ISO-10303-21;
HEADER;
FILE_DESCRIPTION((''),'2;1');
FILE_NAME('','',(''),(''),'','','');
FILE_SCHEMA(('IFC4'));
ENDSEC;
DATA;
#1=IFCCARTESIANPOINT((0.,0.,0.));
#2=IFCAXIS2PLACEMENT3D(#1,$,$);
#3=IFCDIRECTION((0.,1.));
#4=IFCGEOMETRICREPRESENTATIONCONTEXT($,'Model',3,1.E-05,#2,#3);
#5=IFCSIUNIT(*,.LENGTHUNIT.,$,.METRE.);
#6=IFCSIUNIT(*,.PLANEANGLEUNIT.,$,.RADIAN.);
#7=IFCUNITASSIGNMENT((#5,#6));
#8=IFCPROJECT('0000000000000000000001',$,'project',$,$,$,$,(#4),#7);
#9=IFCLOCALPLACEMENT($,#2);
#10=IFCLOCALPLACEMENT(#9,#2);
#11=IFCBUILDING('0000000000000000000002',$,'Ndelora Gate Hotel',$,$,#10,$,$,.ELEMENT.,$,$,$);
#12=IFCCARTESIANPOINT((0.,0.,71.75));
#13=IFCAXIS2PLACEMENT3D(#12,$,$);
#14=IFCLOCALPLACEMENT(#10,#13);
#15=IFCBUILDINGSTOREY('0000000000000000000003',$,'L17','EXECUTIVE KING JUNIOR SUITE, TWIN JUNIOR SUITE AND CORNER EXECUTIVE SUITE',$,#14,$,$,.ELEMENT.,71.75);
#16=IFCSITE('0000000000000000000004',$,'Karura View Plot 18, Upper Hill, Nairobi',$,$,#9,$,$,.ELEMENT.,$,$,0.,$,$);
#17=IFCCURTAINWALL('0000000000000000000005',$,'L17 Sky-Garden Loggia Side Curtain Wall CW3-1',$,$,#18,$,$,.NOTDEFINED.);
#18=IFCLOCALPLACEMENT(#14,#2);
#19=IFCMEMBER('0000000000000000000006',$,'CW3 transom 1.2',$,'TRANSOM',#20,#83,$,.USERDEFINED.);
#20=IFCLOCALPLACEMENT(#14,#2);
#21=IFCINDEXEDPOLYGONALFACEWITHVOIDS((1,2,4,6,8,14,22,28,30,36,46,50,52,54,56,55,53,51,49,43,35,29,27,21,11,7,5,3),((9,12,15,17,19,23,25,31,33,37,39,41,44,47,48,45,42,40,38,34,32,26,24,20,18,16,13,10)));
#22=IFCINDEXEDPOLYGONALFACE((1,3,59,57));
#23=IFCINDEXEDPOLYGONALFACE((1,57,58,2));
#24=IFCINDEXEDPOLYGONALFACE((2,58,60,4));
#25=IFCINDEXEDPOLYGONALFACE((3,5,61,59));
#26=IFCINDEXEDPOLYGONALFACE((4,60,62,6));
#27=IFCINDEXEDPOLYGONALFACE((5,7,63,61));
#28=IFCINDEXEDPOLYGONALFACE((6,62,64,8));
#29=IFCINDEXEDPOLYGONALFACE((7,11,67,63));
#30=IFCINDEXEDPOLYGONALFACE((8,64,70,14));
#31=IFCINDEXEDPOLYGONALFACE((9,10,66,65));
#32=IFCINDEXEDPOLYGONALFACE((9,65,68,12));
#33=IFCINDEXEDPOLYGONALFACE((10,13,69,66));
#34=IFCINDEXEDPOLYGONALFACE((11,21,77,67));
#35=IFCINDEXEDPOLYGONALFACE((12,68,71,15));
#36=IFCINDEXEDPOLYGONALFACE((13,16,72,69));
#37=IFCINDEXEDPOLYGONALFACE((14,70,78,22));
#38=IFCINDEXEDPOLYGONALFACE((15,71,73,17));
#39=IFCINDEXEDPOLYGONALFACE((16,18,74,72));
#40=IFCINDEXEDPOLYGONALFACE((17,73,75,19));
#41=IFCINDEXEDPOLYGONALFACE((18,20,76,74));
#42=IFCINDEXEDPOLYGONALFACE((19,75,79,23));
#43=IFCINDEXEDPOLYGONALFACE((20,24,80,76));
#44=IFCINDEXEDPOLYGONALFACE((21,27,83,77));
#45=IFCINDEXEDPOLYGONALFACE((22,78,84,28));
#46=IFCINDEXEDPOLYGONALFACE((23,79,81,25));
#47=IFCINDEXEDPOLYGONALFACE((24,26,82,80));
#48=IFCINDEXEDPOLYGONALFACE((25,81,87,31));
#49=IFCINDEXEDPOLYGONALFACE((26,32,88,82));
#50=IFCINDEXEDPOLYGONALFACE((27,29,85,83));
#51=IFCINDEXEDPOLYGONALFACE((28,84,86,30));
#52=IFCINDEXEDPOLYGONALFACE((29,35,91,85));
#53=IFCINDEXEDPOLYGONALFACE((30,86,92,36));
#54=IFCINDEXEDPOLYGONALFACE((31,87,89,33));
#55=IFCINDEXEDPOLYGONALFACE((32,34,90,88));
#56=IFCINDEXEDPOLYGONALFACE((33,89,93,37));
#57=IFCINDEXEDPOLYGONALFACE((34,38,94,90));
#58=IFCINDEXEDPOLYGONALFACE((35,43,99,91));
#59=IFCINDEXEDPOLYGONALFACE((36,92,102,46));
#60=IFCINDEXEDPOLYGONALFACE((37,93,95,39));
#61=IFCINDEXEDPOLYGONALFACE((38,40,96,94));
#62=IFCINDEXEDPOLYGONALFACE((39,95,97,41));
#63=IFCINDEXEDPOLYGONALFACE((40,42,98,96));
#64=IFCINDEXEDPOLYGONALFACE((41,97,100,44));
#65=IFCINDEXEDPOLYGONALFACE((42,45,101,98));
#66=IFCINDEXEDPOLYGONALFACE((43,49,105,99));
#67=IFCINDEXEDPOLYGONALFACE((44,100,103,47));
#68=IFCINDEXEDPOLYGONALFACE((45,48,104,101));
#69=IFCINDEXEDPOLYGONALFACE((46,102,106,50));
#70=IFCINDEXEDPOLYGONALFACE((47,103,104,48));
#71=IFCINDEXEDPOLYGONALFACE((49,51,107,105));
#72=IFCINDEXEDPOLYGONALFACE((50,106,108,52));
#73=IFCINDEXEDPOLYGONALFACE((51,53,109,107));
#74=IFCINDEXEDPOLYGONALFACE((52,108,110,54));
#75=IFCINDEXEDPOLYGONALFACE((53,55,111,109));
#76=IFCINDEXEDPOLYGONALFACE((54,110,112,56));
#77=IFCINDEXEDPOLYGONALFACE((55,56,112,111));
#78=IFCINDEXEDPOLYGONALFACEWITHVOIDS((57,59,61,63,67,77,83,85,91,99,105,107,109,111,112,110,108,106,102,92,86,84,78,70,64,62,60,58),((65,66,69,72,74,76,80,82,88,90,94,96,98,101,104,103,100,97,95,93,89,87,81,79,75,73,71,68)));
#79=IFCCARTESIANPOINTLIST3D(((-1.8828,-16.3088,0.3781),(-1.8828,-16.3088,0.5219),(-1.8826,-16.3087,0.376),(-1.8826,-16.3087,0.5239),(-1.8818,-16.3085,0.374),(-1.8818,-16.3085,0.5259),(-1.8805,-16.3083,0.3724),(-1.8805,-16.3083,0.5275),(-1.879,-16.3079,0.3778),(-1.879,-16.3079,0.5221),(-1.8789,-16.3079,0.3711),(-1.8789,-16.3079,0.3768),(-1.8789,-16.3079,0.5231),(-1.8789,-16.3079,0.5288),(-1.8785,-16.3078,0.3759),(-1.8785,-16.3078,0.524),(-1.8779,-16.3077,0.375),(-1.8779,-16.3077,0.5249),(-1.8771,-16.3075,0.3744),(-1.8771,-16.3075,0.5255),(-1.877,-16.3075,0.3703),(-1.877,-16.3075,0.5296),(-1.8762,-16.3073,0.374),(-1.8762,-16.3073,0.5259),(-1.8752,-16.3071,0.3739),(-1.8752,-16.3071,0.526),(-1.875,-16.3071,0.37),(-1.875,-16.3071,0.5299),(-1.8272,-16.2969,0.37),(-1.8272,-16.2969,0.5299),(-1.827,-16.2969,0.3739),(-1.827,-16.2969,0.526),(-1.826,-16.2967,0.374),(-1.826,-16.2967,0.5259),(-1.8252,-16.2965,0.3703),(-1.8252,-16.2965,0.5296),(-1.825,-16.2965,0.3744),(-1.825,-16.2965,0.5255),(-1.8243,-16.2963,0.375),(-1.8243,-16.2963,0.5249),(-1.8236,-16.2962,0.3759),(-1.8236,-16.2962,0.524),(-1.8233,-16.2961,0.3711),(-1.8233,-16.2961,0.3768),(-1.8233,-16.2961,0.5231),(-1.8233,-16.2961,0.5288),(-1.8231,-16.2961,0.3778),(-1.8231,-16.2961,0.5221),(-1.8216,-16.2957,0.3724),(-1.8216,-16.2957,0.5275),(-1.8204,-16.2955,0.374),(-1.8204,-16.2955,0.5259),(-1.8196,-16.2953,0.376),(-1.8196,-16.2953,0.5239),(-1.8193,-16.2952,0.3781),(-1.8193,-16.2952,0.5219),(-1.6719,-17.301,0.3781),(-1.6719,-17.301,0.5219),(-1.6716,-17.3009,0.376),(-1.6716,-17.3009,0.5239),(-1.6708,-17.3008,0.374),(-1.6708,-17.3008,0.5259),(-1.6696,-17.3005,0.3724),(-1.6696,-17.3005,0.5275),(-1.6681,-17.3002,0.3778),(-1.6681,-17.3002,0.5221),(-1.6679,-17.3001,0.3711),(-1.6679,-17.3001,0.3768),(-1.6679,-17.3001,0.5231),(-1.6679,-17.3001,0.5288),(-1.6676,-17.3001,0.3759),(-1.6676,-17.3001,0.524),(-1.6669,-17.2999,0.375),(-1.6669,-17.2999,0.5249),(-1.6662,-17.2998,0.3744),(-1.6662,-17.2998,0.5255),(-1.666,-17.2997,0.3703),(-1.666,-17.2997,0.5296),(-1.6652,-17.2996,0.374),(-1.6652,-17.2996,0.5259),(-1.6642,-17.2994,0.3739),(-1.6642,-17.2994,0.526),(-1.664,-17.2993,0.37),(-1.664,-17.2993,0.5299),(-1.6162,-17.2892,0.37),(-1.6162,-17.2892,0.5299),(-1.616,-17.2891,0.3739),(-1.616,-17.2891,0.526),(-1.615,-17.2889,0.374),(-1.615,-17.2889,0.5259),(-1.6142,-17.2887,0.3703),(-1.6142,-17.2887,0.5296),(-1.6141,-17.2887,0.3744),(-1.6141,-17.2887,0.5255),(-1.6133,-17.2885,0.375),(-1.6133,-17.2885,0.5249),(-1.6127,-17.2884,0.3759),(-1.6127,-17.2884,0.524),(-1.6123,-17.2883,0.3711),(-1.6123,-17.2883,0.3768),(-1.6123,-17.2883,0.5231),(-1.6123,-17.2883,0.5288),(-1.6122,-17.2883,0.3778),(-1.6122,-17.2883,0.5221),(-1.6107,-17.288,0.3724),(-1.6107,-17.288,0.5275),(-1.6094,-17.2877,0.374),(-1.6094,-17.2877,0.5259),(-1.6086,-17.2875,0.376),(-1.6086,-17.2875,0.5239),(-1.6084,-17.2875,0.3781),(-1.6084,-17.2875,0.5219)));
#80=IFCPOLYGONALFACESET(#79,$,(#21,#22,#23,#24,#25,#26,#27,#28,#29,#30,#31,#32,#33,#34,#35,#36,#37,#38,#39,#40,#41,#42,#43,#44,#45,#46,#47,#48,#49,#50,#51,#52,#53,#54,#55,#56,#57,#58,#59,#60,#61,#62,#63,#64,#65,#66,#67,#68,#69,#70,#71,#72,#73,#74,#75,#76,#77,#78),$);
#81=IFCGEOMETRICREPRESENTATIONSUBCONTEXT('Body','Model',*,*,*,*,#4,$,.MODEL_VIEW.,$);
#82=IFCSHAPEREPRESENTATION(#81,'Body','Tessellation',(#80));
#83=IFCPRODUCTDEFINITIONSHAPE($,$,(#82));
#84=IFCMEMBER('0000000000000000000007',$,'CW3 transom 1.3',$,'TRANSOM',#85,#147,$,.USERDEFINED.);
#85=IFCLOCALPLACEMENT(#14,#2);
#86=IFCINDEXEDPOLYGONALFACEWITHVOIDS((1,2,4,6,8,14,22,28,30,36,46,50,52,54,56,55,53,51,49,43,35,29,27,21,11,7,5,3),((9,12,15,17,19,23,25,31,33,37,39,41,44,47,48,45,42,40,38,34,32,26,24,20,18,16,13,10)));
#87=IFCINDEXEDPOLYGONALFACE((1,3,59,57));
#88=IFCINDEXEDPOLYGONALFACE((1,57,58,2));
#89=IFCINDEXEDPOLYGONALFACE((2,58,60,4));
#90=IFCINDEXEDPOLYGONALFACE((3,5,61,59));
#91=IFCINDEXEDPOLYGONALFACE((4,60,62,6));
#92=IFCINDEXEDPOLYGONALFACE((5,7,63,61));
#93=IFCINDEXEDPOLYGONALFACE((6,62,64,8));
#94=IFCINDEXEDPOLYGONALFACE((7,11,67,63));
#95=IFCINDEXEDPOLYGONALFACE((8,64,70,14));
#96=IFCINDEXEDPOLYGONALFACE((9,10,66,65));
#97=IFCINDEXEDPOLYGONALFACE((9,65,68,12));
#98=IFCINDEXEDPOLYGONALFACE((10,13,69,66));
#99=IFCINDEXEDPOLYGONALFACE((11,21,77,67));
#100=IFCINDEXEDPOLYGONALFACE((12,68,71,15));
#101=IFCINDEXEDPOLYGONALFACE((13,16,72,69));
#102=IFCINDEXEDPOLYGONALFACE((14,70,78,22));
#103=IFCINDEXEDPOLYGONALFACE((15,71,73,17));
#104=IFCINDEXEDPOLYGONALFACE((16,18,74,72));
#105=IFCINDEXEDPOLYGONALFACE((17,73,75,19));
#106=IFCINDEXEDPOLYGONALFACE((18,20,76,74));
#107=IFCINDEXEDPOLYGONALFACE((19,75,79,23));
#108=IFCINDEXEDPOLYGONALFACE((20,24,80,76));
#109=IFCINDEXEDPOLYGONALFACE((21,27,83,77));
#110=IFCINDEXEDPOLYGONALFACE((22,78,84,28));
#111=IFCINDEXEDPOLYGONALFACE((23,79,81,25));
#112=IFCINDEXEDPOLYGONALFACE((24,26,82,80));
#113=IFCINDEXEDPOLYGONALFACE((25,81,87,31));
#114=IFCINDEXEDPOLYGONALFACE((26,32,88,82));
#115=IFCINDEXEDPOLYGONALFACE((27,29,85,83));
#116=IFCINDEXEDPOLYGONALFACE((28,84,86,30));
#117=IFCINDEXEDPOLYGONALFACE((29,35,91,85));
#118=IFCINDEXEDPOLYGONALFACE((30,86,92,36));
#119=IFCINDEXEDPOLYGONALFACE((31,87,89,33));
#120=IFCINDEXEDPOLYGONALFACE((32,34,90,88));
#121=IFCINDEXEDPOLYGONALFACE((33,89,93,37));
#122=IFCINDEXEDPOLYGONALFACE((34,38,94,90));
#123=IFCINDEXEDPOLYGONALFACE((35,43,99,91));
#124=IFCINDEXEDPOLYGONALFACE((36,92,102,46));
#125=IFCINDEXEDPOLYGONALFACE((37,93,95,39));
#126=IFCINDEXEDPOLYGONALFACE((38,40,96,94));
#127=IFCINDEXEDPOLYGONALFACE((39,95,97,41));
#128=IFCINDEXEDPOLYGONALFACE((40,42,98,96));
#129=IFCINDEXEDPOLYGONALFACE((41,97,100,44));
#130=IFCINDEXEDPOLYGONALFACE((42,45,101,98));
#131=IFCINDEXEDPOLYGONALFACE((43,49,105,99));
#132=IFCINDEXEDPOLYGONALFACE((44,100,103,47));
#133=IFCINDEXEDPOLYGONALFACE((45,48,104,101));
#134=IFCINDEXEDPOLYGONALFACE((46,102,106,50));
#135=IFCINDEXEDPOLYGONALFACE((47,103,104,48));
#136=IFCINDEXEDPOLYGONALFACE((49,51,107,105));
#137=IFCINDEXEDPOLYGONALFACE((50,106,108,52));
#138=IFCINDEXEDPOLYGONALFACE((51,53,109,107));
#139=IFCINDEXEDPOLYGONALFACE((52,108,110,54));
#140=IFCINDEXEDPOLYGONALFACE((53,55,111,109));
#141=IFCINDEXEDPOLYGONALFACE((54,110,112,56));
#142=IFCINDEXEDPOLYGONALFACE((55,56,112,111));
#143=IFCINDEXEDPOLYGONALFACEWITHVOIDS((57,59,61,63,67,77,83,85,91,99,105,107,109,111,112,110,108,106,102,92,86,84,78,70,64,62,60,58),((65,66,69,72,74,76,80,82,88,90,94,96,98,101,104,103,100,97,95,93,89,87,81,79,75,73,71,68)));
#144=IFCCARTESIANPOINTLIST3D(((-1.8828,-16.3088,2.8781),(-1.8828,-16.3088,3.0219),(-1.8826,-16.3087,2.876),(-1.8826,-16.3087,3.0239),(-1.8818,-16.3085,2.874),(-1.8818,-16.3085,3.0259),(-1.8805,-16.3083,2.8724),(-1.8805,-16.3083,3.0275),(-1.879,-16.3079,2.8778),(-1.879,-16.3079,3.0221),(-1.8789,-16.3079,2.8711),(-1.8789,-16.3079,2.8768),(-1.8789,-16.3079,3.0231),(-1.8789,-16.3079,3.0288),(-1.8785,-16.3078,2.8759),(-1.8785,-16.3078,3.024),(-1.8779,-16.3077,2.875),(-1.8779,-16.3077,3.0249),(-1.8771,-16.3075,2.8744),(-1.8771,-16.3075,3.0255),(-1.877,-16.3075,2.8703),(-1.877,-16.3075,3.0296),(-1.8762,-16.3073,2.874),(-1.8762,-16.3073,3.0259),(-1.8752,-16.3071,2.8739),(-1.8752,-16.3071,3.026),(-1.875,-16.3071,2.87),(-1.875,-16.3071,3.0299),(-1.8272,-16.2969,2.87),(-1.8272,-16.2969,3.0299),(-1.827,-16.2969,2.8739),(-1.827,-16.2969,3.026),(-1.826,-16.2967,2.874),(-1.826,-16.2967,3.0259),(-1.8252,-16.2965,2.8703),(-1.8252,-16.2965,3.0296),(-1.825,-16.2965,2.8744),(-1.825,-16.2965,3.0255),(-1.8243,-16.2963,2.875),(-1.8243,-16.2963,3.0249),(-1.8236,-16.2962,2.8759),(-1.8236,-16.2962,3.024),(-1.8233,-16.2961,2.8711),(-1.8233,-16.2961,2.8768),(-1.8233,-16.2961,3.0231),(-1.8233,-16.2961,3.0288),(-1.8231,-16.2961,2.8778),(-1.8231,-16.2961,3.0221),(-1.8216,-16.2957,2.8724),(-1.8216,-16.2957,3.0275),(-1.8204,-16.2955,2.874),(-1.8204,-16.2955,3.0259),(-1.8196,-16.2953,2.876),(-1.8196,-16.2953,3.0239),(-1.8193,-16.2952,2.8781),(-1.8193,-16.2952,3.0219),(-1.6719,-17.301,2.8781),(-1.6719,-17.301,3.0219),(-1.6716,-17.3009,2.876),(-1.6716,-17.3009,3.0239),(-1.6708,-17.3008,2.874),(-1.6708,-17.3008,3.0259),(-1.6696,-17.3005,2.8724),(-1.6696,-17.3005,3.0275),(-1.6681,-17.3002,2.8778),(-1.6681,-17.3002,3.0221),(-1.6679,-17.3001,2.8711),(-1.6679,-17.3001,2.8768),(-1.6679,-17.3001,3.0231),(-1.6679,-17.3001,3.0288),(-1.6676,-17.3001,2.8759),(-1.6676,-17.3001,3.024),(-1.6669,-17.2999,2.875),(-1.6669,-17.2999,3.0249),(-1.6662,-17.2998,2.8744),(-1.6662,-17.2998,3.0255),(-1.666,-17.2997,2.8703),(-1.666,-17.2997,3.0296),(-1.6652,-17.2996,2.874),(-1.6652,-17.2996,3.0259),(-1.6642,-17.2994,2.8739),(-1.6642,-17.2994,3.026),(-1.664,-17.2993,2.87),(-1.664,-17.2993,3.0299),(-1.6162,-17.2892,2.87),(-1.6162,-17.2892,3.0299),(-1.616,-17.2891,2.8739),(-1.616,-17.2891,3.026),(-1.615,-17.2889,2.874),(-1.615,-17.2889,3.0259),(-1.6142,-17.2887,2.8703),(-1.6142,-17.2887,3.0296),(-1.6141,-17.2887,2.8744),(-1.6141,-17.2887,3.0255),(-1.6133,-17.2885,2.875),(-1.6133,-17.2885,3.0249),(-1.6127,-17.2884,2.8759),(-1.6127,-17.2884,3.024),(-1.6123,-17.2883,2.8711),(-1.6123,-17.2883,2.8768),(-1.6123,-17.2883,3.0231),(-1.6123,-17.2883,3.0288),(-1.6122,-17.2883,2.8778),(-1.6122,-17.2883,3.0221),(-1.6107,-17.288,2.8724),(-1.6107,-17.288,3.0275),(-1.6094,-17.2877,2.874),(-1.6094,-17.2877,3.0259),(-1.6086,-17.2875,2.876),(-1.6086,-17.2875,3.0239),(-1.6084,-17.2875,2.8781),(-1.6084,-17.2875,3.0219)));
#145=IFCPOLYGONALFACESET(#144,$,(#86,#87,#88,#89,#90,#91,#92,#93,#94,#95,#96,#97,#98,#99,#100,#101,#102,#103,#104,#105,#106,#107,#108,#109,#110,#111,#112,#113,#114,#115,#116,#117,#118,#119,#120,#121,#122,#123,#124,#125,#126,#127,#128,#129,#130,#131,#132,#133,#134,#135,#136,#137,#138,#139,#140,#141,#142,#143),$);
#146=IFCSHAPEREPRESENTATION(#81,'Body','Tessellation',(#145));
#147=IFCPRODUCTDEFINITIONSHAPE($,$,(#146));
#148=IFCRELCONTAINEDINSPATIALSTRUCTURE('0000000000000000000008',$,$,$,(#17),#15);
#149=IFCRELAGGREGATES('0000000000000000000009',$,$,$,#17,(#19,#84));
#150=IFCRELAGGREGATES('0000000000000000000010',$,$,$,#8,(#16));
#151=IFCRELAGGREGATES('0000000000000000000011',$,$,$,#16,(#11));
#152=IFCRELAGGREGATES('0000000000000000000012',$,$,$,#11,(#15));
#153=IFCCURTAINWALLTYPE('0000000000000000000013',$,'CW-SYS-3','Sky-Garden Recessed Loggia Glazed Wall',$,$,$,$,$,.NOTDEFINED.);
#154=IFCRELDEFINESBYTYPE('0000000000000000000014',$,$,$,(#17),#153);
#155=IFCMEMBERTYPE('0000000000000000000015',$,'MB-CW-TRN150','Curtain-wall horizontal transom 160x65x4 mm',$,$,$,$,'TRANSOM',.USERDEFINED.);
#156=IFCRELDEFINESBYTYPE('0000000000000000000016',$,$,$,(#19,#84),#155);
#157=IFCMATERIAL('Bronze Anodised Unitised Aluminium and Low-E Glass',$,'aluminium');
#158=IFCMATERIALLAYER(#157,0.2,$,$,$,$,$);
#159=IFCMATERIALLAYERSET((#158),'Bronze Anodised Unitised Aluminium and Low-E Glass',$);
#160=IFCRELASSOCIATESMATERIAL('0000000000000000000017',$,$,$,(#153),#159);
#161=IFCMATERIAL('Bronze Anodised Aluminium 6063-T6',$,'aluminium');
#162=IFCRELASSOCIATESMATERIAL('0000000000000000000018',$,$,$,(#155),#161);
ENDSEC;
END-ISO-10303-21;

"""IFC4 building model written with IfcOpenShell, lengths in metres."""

from ifc_helpers import new_model, si_unit, direction, frame, origin, origin_2d, place, context, subcontext, project, spatial, hollow_rectangle, extrude, material, layer, layer_set, material_profile, profile_set, type_object, element, aggregate, save


model = new_model("IFC4")

# Units and contexts
model_context = context("Model", 3, precision=1e-05, world=origin(), true_north=direction((0.0, 1.0)))
body_context = subcontext(model_context, "Body", "Model", "MODEL_VIEW")
ifc_project = project(units=[si_unit("LENGTHUNIT", "METRE"), si_unit("PLANEANGLEUNIT", "RADIAN")], contexts=[model_context])

# Site, building, storey
site_placement = place(None, origin())
site = spatial("IfcSite", under=ifc_project, at=site_placement, Name="Karura View Plot 18, Upper Hill, Nairobi", CompositionType="ELEMENT", RefElevation=0.0)
building_placement = place(site_placement, origin())
building = spatial("IfcBuilding", under=site, at=building_placement, Name="Ndelora Gate Hotel", CompositionType="ELEMENT")
storey_placement = place(building_placement, frame((0.0, 0.0, 71.75)))
storey = spatial("IfcBuildingStorey", under=building, at=storey_placement, Name="L17", Description="EXECUTIVE KING JUNIOR SUITE, TWIN JUNIOR SUITE AND CORNER EXECUTIVE SUITE", CompositionType="ELEMENT", Elevation=71.75)

# Curtain wall, members
ifc_material_1 = material(Name="Bronze Anodised Unitised Aluminium and Low-E Glass", Category="aluminium")
ifc_layer_1 = layer(ifc_material_1, 0.2)
ifc_layer_set_1 = layer_set([ifc_layer_1], Name="Bronze Anodised Unitised Aluminium and Low-E Glass")
curtain_wall_type = type_object("IfcCurtainWallType", Name="CW-SYS-3", Description="Sky-Garden Recessed Loggia Glazed Wall", PredefinedType="NOTDEFINED", material=ifc_layer_set_1)
curtain_wall_placement = place(storey_placement, origin())
curtain_wall = element("IfcCurtainWall", 1, at=curtain_wall_placement, inside=storey, type_object=curtain_wall_type, Name="L17 Sky-Garden Loggia Side Curtain Wall CW3-1", PredefinedType="NOTDEFINED")
ifc_material_2 = material(Name="Bronze Anodised Aluminium 6063-T6", Category="aluminium")
ifc_material_profile_1 = material_profile(ifc_material_2, hollow_rectangle(XDim=0.0649, YDim=0.1599, WallThickness=0.0039, InnerFilletRadius=0.0039, OuterFilletRadius=0.0081, at=origin_2d()), Name="ALU 160x65x4")
ifc_profile_set_1 = profile_set([ifc_material_profile_1], Name="Bronze Anodised Aluminium 6063-T6")
member_type_1 = type_object("IfcMemberType", Name="MB-CW-TRN150", Description="Curtain-wall horizontal transom 160x65x4 mm", ElementType="TRANSOM", PredefinedType="USERDEFINED", material=ifc_profile_set_1)
member_1_placement = place(storey_placement, frame((-1.8511, -16.302, 0.45), z_axis=(0.207951, -0.978139, 0.0), x_axis=(0.978139, 0.207951, 0.0)))
member_1 = element("IfcMember", 2, at=member_1_placement, type_object=member_type_1, Name="CW3 transom 1.2", ObjectType="TRANSOM", PredefinedType="USERDEFINED", context=body_context, shape_type="SweptSolid", body=[
    extrude(hollow_rectangle(XDim=0.0649, YDim=0.1599, WallThickness=0.0039, InnerFilletRadius=0.0039, OuterFilletRadius=0.0081, at=origin_2d()), origin(), (0.0, 0.0, 1.0), 1.0144),
])
member_2_placement = place(storey_placement, frame((-1.8511, -16.302, 2.95), z_axis=(0.207951, -0.978139, 0.0), x_axis=(0.978139, 0.207951, 0.0)))
member_2 = element("IfcMember", 3, at=member_2_placement, type_object=member_type_1, Name="CW3 transom 1.3", ObjectType="TRANSOM", PredefinedType="USERDEFINED", context=body_context, shape_type="SweptSolid", body=[
    extrude(hollow_rectangle(XDim=0.0649, YDim=0.1599, WallThickness=0.0039, InnerFilletRadius=0.0039, OuterFilletRadius=0.0081, at=origin_2d()), origin(), (0.0, 0.0, 1.0), 1.0144),
])
aggregate(curtain_wall, [member_1, member_2])

save(model, "model.ifc")
